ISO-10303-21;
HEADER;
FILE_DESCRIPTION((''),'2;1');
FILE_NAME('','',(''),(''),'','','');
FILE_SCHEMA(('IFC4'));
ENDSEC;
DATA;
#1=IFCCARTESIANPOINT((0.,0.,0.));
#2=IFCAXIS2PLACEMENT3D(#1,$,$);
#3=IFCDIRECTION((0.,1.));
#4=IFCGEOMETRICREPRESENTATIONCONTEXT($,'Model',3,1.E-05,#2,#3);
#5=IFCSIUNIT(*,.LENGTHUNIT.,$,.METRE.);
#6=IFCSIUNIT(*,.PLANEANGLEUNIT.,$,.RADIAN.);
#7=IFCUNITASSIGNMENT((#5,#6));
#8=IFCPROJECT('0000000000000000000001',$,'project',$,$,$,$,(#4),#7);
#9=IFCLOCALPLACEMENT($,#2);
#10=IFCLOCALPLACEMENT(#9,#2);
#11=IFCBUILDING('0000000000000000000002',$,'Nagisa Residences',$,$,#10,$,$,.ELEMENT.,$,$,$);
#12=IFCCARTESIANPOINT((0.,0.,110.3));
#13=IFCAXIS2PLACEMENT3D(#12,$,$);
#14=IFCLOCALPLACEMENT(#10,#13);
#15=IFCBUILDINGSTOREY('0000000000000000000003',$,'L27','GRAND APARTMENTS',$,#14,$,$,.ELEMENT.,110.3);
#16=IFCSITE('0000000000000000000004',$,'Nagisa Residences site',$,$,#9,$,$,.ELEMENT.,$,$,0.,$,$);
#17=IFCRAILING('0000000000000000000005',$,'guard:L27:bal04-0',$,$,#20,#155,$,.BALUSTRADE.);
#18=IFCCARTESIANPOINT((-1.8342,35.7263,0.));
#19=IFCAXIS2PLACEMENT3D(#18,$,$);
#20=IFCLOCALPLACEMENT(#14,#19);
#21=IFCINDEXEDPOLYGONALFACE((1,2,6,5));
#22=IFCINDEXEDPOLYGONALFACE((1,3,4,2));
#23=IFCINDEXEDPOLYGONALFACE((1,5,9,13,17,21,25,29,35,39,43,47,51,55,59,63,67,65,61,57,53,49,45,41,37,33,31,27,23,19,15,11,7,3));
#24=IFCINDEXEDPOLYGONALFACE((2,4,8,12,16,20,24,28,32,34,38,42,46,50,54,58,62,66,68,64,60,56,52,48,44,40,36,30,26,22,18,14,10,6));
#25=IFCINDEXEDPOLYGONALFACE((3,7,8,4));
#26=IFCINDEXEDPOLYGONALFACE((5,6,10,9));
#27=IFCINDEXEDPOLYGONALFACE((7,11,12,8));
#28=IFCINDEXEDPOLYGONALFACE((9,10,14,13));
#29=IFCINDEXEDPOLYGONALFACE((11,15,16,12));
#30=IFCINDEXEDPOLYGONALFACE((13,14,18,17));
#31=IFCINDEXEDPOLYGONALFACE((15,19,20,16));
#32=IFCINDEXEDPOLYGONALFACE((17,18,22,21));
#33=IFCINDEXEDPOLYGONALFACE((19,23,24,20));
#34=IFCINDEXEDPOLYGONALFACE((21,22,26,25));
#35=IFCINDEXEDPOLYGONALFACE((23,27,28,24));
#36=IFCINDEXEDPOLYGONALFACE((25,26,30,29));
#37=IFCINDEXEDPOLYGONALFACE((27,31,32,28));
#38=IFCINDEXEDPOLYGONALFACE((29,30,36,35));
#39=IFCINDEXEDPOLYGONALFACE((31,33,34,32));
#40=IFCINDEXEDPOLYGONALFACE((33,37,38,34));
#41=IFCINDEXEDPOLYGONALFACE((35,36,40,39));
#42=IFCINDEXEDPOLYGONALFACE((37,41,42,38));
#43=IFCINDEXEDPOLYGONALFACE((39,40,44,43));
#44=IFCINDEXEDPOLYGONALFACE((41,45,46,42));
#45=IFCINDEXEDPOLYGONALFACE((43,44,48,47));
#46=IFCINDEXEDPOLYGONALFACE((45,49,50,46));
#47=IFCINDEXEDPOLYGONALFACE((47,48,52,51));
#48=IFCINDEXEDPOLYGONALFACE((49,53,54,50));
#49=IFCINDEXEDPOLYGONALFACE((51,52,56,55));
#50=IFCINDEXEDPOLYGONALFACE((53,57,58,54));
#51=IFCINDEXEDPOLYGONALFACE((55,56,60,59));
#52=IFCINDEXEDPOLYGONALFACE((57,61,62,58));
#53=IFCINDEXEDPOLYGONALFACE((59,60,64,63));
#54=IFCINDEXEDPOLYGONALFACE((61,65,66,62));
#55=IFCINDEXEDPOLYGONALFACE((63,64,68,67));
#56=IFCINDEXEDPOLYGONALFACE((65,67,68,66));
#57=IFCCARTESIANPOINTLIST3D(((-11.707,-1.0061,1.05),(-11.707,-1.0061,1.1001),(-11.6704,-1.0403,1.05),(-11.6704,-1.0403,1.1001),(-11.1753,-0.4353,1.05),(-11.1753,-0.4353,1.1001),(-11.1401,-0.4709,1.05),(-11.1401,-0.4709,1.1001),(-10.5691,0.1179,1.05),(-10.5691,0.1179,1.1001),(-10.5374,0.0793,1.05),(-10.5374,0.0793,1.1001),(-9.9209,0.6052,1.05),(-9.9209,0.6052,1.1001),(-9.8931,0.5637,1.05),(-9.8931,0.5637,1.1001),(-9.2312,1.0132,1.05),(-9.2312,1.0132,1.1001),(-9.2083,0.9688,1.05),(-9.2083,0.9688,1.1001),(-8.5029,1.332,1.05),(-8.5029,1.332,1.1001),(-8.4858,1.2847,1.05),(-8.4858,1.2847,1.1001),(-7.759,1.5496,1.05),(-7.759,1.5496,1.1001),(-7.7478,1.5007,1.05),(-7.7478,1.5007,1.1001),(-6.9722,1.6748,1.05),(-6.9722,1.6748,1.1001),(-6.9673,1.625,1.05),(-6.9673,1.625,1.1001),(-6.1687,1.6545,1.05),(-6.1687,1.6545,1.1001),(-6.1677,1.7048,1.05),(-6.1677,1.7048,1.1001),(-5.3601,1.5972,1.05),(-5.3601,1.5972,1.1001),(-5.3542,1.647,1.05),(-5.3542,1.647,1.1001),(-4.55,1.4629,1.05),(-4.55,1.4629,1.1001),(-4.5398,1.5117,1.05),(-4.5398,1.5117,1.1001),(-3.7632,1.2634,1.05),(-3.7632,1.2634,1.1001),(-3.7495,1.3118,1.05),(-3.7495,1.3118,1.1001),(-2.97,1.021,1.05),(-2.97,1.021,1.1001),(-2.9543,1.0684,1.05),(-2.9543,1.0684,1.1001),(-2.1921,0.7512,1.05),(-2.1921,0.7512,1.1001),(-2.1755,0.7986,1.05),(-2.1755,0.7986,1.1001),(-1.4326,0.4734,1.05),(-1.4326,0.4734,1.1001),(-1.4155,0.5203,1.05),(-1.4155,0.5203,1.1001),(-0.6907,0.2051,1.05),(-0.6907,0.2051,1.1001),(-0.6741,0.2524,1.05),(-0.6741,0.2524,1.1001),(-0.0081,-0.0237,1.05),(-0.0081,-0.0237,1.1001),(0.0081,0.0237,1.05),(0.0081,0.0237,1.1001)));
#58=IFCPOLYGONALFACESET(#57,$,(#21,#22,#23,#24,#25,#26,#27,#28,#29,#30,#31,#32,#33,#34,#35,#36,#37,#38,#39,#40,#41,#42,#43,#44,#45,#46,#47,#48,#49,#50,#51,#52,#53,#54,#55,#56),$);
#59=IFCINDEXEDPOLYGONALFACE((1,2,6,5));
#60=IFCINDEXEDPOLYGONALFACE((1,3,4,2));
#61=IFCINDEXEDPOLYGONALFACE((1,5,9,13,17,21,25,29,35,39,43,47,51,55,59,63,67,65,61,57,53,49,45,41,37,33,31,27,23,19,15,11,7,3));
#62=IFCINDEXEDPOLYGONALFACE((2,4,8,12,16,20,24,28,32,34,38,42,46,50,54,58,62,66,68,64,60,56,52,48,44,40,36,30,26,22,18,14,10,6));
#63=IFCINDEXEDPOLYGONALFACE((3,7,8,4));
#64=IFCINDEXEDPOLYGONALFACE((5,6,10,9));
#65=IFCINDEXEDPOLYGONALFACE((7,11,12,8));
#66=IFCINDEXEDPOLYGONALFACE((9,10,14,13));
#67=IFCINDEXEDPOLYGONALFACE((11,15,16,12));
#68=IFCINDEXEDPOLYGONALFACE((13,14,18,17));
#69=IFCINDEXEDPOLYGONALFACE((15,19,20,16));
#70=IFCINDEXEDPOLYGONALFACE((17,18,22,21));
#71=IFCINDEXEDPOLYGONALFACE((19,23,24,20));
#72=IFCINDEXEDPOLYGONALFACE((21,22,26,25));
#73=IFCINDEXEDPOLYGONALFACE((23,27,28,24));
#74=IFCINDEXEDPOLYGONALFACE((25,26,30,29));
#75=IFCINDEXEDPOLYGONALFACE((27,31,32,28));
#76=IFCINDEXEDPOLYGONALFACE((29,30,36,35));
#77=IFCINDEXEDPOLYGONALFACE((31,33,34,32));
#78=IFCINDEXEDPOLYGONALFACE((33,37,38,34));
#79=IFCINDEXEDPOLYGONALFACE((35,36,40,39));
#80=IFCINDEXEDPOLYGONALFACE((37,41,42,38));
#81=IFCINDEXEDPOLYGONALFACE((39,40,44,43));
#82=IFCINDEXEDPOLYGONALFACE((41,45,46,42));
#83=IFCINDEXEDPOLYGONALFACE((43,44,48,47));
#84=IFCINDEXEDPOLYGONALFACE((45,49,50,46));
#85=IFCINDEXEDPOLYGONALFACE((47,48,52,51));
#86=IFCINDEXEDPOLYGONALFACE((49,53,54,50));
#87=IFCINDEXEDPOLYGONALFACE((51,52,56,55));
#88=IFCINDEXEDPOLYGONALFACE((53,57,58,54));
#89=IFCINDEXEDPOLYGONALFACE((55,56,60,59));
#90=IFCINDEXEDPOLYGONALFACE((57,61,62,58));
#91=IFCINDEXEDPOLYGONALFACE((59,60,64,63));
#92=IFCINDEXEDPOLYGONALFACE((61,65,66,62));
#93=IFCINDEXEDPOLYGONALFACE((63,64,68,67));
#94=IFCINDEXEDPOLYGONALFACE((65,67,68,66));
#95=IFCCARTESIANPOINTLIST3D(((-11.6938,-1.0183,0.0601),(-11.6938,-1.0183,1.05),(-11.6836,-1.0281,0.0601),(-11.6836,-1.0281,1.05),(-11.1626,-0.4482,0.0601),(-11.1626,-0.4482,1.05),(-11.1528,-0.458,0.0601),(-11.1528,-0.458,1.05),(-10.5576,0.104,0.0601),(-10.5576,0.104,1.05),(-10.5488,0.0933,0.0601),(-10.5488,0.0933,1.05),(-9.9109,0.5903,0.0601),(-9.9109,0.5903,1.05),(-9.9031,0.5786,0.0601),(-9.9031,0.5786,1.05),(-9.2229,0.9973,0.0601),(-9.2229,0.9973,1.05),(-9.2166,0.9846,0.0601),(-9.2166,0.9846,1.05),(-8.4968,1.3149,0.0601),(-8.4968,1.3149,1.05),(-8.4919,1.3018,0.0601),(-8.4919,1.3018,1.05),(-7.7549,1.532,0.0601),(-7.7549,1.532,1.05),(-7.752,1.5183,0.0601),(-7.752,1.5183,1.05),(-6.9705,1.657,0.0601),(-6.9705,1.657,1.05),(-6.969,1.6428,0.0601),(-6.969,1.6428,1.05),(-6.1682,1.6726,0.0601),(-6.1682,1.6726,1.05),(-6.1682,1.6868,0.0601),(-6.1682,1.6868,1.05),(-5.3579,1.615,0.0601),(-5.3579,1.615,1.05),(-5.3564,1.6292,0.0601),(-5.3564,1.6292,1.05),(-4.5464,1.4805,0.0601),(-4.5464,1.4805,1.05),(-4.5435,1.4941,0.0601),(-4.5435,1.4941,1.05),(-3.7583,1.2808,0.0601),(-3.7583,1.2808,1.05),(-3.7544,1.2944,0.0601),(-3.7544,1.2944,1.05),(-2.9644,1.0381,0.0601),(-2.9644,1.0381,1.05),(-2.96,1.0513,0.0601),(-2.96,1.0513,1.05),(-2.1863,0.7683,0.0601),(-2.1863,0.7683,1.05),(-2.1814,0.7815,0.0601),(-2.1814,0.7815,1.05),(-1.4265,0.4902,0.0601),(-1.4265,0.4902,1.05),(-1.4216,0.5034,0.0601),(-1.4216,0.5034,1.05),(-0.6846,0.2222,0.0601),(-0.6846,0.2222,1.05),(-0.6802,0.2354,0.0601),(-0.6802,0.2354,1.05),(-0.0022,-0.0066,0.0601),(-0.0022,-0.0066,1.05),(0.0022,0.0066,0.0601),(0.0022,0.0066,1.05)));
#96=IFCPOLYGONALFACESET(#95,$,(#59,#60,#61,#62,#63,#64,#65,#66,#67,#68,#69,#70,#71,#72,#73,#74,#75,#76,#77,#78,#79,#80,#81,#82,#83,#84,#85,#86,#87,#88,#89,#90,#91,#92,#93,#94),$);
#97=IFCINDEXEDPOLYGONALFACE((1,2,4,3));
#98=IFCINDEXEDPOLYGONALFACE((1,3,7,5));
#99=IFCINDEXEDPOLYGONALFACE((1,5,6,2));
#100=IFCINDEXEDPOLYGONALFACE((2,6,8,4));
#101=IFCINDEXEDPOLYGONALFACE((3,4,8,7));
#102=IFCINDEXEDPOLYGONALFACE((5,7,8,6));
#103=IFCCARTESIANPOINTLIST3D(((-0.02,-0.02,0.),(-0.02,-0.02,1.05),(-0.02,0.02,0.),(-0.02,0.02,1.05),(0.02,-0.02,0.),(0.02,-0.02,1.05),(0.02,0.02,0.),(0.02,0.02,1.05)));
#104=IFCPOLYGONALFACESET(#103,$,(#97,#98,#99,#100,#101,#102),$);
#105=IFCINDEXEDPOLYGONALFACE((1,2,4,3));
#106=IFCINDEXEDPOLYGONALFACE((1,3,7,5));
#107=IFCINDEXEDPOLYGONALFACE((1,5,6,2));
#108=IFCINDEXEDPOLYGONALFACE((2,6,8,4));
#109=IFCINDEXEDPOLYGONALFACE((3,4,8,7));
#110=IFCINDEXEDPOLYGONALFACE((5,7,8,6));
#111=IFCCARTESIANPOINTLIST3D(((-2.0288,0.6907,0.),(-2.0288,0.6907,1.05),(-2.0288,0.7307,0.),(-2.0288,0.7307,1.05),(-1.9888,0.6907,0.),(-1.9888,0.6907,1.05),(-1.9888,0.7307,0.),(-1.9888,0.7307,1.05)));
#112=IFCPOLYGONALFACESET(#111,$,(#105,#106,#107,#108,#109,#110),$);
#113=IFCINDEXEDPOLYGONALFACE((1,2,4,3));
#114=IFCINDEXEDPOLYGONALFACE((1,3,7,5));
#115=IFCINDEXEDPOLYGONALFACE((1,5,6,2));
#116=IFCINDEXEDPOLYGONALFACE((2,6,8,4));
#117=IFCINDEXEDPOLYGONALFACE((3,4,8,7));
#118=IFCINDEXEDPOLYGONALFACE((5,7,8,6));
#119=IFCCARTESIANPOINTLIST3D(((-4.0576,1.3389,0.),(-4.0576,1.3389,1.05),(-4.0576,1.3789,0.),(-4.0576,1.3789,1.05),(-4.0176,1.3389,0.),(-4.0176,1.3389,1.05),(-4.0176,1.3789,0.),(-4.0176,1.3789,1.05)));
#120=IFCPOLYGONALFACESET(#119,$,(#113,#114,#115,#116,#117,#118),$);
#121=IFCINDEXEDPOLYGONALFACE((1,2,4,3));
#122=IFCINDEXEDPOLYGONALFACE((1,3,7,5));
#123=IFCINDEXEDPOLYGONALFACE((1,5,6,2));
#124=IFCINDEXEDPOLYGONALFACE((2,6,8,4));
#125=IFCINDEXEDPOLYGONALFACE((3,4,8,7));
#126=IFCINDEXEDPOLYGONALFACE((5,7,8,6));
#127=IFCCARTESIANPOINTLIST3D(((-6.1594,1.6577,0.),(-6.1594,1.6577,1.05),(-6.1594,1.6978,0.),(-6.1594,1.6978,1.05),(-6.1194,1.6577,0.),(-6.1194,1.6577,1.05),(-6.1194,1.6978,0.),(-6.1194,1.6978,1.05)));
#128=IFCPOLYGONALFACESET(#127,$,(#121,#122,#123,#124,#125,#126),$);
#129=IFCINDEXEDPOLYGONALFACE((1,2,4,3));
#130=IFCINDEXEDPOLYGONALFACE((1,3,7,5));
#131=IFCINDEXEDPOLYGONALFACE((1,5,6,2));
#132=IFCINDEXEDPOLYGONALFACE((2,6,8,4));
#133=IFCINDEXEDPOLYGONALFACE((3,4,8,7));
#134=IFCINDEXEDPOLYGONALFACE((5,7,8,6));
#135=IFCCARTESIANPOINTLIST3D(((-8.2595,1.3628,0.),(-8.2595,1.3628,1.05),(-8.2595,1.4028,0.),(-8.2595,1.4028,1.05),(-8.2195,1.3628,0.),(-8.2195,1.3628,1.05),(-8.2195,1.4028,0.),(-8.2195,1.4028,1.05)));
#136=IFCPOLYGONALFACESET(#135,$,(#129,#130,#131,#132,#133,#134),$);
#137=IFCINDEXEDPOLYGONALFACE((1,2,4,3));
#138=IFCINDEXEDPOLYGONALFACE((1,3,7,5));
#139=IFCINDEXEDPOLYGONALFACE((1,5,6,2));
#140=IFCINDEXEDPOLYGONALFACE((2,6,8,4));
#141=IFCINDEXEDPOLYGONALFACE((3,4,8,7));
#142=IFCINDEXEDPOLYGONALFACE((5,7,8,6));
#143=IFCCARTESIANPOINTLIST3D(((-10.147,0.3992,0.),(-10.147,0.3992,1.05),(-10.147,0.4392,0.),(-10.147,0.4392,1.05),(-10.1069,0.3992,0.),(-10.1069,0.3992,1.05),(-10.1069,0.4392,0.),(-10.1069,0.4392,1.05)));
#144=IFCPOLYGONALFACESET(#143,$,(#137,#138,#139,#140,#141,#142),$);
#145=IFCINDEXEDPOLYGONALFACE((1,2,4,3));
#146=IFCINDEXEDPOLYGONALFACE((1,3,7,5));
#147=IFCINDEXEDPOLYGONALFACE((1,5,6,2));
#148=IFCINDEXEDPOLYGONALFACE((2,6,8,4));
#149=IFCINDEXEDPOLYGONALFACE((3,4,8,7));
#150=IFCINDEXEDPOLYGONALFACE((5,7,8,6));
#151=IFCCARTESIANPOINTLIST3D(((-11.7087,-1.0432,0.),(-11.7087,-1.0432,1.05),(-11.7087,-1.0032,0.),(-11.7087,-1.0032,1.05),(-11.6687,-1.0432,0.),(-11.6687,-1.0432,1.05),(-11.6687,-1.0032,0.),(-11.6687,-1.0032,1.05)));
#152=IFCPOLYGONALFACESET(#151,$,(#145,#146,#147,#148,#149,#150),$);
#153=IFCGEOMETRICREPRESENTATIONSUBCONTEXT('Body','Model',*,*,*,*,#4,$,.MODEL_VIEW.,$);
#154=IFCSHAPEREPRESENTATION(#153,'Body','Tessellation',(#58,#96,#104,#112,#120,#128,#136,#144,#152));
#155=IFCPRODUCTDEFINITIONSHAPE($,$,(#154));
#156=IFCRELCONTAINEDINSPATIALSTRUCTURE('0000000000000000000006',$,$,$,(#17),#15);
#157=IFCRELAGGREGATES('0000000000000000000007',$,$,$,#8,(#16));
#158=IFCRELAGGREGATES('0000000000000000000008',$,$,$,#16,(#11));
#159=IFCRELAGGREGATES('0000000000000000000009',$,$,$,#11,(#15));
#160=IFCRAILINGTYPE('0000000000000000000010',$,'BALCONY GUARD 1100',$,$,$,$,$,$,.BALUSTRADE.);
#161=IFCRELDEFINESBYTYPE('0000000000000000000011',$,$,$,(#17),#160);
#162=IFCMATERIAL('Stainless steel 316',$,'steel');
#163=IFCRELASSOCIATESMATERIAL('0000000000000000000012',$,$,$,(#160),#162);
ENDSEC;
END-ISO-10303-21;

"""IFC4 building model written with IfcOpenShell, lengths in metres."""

from ifc_helpers import new_model, si_unit, direction, frame, origin, origin_2d, place, context, subcontext, project, spatial, polyline, rectangle, outline, extrude, material, type_object, element, save


model = new_model("IFC4")

# Units and contexts
model_context = context("Model", 3, precision=1e-05, world=origin(), true_north=direction((0.0, 1.0)))
body_context = subcontext(model_context, "Body", "Model", "MODEL_VIEW")
ifc_project = project(units=[si_unit("LENGTHUNIT", "METRE"), si_unit("PLANEANGLEUNIT", "RADIAN")], contexts=[model_context])

# Site, building, storey
site_placement = place(None, origin())
site = spatial("IfcSite", under=ifc_project, at=site_placement, Name="Nagisa Residences site", CompositionType="ELEMENT", RefElevation=0.0)
building_placement = place(site_placement, origin())
building = spatial("IfcBuilding", under=site, at=building_placement, Name="Nagisa Residences", CompositionType="ELEMENT")
storey_placement = place(building_placement, frame((0.0, 0.0, 110.3)))
storey = spatial("IfcBuildingStorey", under=building, at=storey_placement, Name="L27", Description="GRAND APARTMENTS", CompositionType="ELEMENT", Elevation=110.3)

# Railing
ifc_material_1 = material(Name="Stainless steel 316", Category="steel")
railing_type = type_object("IfcRailingType", Name="BALCONY GUARD 1100", PredefinedType="BALUSTRADE", material=ifc_material_1)
railing_1_placement = place(storey_placement, frame((-1.8342, 35.7263, 0.0)))
element("IfcRailing", 1, at=railing_1_placement, inside=storey, type_object=railing_type, Name="guard:L27:bal04-0", PredefinedType="BALUSTRADE", context=body_context, shape_type="SweptSolid", body=[
    extrude(outline(polyline([(-0.6907, 0.2051), (-0.0081, -0.0237), (0.0081, 0.0237), (-0.6741, 0.2524), (-1.4155, 0.5203), (-2.1755, 0.7986), (-2.9543, 1.0684), (-3.7495, 1.3118), (-4.5398, 1.5117), (-5.3542, 1.647), (-6.1677, 1.7048), (-6.9722, 1.6748), (-7.759, 1.5496), (-8.5029, 1.332), (-9.2312, 1.0132), (-9.9209, 0.6052), (-10.5691, 0.1179), (-11.1753, -0.4353), (-11.707, -1.0061), (-11.6704, -1.0403), (-11.1401, -0.4709), (-10.5374, 0.0793), (-9.8931, 0.5637), (-9.2083, 0.9688), (-8.4858, 1.2847), (-7.7478, 1.5007), (-6.9673, 1.625), (-6.1687, 1.6545), (-5.3601, 1.5972), (-4.55, 1.4629), (-3.7632, 1.2634), (-2.97, 1.021), (-2.1921, 0.7512), (-1.4326, 0.4734), (-0.6907, 0.2051)])), frame((0.0, 0.0, 1.05)), (0.0, 0.0, 1.0), 0.05),
    extrude(outline(polyline([(-0.6846, 0.2222), (-0.0022, -0.0066), (0.0022, 0.0066), (-0.6802, 0.2354), (-1.4216, 0.5034), (-2.1814, 0.7815), (-2.96, 1.0513), (-3.7544, 1.2944), (-4.5435, 1.4941), (-5.3564, 1.6292), (-6.1682, 1.6868), (-6.9705, 1.657), (-7.7549, 1.532), (-8.4968, 1.3149), (-9.2229, 0.9973), (-9.9109, 0.5903), (-10.5576, 0.104), (-11.1626, -0.4482), (-11.6938, -1.0183), (-11.6836, -1.0281), (-11.1528, -0.458), (-10.5488, 0.0933), (-9.9031, 0.5786), (-9.2166, 0.9846), (-8.4919, 1.3018), (-7.752, 1.5183), (-6.969, 1.6428), (-6.1682, 1.6726), (-5.3579, 1.615), (-4.5464, 1.4805), (-3.7583, 1.2808), (-2.9644, 1.0381), (-2.1863, 0.7683), (-1.4265, 0.4902), (-0.6846, 0.2222)])), frame((0.0, 0.0, 0.0601)), (0.0, 0.0, 1.0), 0.99),
    extrude(rectangle(XDim=0.04, YDim=0.04, at=origin_2d()), origin(), (0.0, 0.0, 1.0), 1.05),
    extrude(rectangle(XDim=0.04, YDim=0.04, at=origin_2d()), frame((-2.0088, 0.7107, 0.0)), (0.0, 0.0, 1.0), 1.05),
    extrude(rectangle(XDim=0.04, YDim=0.04, at=origin_2d()), frame((-4.0376, 1.3589, 0.0)), (0.0, 0.0, 1.0), 1.05),
    extrude(rectangle(XDim=0.04, YDim=0.04, at=origin_2d()), frame((-6.1394, 1.6777, 0.0)), (0.0, 0.0, 1.0), 1.05),
    extrude(rectangle(XDim=0.04, YDim=0.04, at=origin_2d()), frame((-8.2395, 1.3828, 0.0)), (0.0, 0.0, 1.0), 1.05),
    extrude(rectangle(XDim=0.04, YDim=0.04, at=origin_2d()), frame((-10.127, 0.4192, 0.0)), (0.0, 0.0, 1.0), 1.05),
    extrude(rectangle(XDim=0.04, YDim=0.04, at=origin_2d()), frame((-11.6887, -1.0232, 0.0)), (0.0, 0.0, 1.0), 1.05),
])

save(model, "model.ifc")
